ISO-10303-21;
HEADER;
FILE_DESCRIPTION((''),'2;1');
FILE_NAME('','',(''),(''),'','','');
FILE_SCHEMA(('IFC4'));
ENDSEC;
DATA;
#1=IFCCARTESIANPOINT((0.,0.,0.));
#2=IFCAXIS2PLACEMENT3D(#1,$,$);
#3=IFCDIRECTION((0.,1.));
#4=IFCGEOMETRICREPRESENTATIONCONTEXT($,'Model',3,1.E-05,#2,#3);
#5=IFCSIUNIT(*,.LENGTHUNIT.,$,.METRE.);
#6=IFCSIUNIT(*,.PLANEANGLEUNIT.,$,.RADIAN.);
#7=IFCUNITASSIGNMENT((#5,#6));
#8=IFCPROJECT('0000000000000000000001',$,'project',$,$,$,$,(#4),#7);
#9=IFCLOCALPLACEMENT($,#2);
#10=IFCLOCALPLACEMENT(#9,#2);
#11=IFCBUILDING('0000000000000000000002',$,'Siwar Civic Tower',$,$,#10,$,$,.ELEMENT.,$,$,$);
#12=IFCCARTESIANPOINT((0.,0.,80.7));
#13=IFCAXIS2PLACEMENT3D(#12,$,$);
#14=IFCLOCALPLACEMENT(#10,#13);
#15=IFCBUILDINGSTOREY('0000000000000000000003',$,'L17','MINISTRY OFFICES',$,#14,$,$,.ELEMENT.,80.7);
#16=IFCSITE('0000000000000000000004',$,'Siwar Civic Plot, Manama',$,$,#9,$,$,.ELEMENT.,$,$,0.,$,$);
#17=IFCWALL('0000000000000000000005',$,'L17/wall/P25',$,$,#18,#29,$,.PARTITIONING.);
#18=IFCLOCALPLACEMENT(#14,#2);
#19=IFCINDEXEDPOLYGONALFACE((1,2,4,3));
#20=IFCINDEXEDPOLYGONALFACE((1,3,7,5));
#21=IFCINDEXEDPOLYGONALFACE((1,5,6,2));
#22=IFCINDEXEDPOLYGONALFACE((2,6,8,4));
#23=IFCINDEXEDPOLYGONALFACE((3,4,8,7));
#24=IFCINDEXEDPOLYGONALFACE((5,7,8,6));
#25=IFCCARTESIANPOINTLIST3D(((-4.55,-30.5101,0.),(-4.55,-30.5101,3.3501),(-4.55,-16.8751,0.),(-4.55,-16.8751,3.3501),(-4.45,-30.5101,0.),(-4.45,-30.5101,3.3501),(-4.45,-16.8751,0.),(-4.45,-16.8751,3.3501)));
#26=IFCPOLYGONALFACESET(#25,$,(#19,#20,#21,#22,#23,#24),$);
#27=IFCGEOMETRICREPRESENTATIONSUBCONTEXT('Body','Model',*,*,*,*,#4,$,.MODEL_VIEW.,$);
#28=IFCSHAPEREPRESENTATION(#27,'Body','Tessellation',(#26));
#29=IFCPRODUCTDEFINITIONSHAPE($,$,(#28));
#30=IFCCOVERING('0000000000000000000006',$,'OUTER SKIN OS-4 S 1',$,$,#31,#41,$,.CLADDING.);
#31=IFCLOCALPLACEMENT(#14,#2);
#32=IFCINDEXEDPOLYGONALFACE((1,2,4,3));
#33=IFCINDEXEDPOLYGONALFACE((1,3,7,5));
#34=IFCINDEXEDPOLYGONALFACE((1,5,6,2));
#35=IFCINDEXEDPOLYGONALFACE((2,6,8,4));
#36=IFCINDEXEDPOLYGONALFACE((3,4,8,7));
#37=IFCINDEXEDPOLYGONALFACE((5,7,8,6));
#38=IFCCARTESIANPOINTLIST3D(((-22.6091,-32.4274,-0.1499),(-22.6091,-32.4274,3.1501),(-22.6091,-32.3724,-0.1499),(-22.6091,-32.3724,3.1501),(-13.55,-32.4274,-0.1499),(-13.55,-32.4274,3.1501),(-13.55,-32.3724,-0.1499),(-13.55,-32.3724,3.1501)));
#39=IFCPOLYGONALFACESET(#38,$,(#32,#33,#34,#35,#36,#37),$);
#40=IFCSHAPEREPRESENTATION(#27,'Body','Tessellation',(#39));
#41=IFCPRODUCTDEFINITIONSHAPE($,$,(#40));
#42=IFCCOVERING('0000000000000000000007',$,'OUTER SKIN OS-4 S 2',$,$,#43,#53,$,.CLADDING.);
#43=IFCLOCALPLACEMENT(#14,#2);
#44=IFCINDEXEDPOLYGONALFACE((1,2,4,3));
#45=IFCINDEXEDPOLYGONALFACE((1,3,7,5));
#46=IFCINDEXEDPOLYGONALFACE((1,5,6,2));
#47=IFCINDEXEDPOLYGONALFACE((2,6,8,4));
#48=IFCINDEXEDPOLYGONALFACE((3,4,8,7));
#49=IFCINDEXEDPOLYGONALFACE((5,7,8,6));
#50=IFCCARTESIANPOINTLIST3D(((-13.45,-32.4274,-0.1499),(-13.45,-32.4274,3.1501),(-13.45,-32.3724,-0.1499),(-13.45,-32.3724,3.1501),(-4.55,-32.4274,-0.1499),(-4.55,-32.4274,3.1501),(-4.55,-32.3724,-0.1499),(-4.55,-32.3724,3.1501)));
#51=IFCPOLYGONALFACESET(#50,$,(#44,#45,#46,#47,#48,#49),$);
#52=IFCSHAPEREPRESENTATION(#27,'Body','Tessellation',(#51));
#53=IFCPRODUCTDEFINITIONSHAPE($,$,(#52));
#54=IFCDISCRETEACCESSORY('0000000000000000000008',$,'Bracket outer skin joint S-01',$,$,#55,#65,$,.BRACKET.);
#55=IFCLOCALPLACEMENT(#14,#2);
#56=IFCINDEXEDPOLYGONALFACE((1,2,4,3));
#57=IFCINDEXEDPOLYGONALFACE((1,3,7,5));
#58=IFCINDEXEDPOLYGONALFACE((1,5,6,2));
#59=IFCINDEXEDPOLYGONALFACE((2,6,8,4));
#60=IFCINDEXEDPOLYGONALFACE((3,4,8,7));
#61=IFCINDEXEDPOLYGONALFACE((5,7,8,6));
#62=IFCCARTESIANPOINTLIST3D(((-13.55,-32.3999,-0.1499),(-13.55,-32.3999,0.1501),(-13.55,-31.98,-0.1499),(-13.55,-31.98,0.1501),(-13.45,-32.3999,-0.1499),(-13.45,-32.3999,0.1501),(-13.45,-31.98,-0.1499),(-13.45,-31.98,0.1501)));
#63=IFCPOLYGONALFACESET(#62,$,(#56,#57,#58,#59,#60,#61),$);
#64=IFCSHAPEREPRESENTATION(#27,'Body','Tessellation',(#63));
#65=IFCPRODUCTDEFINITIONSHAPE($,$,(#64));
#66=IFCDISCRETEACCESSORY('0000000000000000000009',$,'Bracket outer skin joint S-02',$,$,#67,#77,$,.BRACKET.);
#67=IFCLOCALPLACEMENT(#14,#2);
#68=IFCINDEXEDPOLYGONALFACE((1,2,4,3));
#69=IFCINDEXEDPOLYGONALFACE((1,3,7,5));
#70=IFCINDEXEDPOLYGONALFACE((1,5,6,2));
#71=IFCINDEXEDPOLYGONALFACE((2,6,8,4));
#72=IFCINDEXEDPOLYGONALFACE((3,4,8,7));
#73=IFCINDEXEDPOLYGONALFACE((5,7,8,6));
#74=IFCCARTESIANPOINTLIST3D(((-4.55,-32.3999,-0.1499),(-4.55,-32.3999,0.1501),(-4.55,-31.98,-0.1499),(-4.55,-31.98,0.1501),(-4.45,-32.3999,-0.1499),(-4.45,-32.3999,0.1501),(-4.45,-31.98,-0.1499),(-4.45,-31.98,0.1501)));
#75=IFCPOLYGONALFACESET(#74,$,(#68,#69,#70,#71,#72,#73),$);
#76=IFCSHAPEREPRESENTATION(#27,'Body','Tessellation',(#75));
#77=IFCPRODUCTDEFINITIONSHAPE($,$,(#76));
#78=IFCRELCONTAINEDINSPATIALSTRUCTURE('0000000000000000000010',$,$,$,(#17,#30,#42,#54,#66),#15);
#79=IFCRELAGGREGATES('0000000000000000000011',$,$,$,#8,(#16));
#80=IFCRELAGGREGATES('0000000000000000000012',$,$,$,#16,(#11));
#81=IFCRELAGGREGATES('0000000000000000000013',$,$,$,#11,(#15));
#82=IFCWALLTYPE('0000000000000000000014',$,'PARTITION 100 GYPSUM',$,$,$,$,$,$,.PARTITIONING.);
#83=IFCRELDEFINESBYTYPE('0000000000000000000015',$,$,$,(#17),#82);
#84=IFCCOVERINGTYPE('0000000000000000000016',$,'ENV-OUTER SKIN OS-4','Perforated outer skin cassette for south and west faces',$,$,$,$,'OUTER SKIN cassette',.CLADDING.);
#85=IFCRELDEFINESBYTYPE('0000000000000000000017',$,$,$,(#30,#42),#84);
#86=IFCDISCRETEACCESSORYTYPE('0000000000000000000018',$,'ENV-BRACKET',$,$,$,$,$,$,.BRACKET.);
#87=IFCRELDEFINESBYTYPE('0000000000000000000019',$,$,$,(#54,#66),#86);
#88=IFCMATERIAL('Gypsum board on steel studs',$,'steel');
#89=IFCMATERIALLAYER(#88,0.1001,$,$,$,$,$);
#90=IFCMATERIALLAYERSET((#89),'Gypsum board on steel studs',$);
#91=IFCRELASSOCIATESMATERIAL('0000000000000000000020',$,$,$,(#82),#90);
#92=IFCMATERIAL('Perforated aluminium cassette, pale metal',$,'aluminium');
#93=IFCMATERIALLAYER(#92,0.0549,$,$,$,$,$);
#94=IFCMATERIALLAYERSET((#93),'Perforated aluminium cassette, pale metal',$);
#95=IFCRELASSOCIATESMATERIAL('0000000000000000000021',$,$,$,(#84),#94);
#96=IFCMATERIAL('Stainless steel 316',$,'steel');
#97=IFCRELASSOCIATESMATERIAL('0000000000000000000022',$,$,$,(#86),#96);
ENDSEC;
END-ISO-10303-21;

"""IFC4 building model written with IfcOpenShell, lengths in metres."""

from ifc_helpers import new_model, si_unit, direction, frame, frame_2d, origin, origin_2d, place, context, subcontext, project, spatial, rectangle, extrude, material, layer, layer_set, type_object, element, save


model = new_model("IFC4")

# Units and contexts
model_context = context("Model", 3, precision=1e-05, world=origin(), true_north=direction((0.0, 1.0)))
body_context = subcontext(model_context, "Body", "Model", "MODEL_VIEW")
ifc_project = project(units=[si_unit("LENGTHUNIT", "METRE"), si_unit("PLANEANGLEUNIT", "RADIAN")], contexts=[model_context])

# Site, building, storey
site_placement = place(None, origin())
site = spatial("IfcSite", under=ifc_project, at=site_placement, Name="Siwar Civic Plot, Manama", CompositionType="ELEMENT", RefElevation=0.0)
building_placement = place(site_placement, origin())
building = spatial("IfcBuilding", under=site, at=building_placement, Name="Siwar Civic Tower", CompositionType="ELEMENT")
storey_placement = place(building_placement, frame((0.0, 0.0, 80.7)))
storey = spatial("IfcBuildingStorey", under=building, at=storey_placement, Name="L17", Description="MINISTRY OFFICES", CompositionType="ELEMENT", Elevation=80.7)

# Wall
ifc_material_1 = material(Name="Gypsum board on steel studs", Category="steel")
ifc_layer_1 = layer(ifc_material_1, 0.1001)
ifc_layer_set_1 = layer_set([ifc_layer_1], Name="Gypsum board on steel studs")
wall_type = type_object("IfcWallType", Name="PARTITION 100 GYPSUM", PredefinedType="PARTITIONING", material=ifc_layer_set_1)
wall_1_placement = place(storey_placement, frame((-4.5, -30.51, 0.0), z_axis=(0.0, 0.0, 1.0), x_axis=(0.0, 1.0, 0.0)))
element("IfcWall", 1, at=wall_1_placement, inside=storey, type_object=wall_type, Name="L17/wall/P25", PredefinedType="PARTITIONING", context=body_context, shape_type="SweptSolid", body=[
    extrude(rectangle(XDim=13.635, YDim=0.1001, at=frame_2d((6.8174, 0.0))), origin(), (0.0, 0.0, 1.0), 3.3501),
])

# Coverings
ifc_material_2 = material(Name="Perforated aluminium cassette, pale metal", Category="aluminium")
ifc_layer_2 = layer(ifc_material_2, 0.0549)
ifc_layer_set_2 = layer_set([ifc_layer_2], Name="Perforated aluminium cassette, pale metal")
covering_type = type_object("IfcCoveringType", Name="ENV-OUTER SKIN OS-4", Description="Perforated outer skin cassette for south and west faces", ElementType="OUTER SKIN cassette", PredefinedType="CLADDING", material=ifc_layer_set_2)
covering_1_placement = place(storey_placement, frame((-18.0796, -32.3999, -0.1499), z_axis=(0.0, 0.0, 1.0), x_axis=(1.0, 0.0, 0.0)))
element("IfcCovering", 2, at=covering_1_placement, inside=storey, type_object=covering_type, Name="OUTER SKIN OS-4 S 1", PredefinedType="CLADDING", context=body_context, shape_type="SweptSolid", body=[
    extrude(rectangle(XDim=9.0591, YDim=0.0549, at=origin_2d()), origin(), (0.0, 0.0, 1.0), 3.3),
])
covering_2_placement = place(storey_placement, frame((-9.0, -32.3999, -0.1499), z_axis=(0.0, 0.0, 1.0), x_axis=(1.0, 0.0, 0.0)))
element("IfcCovering", 3, at=covering_2_placement, inside=storey, type_object=covering_type, Name="OUTER SKIN OS-4 S 2", PredefinedType="CLADDING", context=body_context, shape_type="SweptSolid", body=[
    extrude(rectangle(XDim=8.8999, YDim=0.0549, at=origin_2d()), origin(), (0.0, 0.0, 1.0), 3.3),
])

# Discrete accessories
ifc_material_3 = material(Name="Stainless steel 316", Category="steel")
discrete_accessory_type = type_object("IfcDiscreteAccessoryType", Name="ENV-BRACKET", PredefinedType="BRACKET", material=ifc_material_3)
for number, where, z_axis, x_axis, name in (
    (4, (-13.5, -32.1899, -0.1499), (0.0, 0.0, 1.0), (0.0, -1.0, 0.0), "Bracket outer skin joint S-01"),
    (5, (-4.5, -32.1899, -0.1499), (0.0, 0.0, 1.0), (0.0, -1.0, 0.0), "Bracket outer skin joint S-02"),
):
    element("IfcDiscreteAccessory", number, at=place(storey_placement, frame(where, z_axis=z_axis, x_axis=x_axis)), inside=storey, type_object=discrete_accessory_type, Name=name, PredefinedType="BRACKET", context=body_context, shape_type="SweptSolid", body=[
        extrude(rectangle(XDim=0.4199, YDim=0.1001, at=origin_2d()), origin(), (0.0, 0.0, 1.0), 0.3),
    ])

save(model, "model.ifc")
